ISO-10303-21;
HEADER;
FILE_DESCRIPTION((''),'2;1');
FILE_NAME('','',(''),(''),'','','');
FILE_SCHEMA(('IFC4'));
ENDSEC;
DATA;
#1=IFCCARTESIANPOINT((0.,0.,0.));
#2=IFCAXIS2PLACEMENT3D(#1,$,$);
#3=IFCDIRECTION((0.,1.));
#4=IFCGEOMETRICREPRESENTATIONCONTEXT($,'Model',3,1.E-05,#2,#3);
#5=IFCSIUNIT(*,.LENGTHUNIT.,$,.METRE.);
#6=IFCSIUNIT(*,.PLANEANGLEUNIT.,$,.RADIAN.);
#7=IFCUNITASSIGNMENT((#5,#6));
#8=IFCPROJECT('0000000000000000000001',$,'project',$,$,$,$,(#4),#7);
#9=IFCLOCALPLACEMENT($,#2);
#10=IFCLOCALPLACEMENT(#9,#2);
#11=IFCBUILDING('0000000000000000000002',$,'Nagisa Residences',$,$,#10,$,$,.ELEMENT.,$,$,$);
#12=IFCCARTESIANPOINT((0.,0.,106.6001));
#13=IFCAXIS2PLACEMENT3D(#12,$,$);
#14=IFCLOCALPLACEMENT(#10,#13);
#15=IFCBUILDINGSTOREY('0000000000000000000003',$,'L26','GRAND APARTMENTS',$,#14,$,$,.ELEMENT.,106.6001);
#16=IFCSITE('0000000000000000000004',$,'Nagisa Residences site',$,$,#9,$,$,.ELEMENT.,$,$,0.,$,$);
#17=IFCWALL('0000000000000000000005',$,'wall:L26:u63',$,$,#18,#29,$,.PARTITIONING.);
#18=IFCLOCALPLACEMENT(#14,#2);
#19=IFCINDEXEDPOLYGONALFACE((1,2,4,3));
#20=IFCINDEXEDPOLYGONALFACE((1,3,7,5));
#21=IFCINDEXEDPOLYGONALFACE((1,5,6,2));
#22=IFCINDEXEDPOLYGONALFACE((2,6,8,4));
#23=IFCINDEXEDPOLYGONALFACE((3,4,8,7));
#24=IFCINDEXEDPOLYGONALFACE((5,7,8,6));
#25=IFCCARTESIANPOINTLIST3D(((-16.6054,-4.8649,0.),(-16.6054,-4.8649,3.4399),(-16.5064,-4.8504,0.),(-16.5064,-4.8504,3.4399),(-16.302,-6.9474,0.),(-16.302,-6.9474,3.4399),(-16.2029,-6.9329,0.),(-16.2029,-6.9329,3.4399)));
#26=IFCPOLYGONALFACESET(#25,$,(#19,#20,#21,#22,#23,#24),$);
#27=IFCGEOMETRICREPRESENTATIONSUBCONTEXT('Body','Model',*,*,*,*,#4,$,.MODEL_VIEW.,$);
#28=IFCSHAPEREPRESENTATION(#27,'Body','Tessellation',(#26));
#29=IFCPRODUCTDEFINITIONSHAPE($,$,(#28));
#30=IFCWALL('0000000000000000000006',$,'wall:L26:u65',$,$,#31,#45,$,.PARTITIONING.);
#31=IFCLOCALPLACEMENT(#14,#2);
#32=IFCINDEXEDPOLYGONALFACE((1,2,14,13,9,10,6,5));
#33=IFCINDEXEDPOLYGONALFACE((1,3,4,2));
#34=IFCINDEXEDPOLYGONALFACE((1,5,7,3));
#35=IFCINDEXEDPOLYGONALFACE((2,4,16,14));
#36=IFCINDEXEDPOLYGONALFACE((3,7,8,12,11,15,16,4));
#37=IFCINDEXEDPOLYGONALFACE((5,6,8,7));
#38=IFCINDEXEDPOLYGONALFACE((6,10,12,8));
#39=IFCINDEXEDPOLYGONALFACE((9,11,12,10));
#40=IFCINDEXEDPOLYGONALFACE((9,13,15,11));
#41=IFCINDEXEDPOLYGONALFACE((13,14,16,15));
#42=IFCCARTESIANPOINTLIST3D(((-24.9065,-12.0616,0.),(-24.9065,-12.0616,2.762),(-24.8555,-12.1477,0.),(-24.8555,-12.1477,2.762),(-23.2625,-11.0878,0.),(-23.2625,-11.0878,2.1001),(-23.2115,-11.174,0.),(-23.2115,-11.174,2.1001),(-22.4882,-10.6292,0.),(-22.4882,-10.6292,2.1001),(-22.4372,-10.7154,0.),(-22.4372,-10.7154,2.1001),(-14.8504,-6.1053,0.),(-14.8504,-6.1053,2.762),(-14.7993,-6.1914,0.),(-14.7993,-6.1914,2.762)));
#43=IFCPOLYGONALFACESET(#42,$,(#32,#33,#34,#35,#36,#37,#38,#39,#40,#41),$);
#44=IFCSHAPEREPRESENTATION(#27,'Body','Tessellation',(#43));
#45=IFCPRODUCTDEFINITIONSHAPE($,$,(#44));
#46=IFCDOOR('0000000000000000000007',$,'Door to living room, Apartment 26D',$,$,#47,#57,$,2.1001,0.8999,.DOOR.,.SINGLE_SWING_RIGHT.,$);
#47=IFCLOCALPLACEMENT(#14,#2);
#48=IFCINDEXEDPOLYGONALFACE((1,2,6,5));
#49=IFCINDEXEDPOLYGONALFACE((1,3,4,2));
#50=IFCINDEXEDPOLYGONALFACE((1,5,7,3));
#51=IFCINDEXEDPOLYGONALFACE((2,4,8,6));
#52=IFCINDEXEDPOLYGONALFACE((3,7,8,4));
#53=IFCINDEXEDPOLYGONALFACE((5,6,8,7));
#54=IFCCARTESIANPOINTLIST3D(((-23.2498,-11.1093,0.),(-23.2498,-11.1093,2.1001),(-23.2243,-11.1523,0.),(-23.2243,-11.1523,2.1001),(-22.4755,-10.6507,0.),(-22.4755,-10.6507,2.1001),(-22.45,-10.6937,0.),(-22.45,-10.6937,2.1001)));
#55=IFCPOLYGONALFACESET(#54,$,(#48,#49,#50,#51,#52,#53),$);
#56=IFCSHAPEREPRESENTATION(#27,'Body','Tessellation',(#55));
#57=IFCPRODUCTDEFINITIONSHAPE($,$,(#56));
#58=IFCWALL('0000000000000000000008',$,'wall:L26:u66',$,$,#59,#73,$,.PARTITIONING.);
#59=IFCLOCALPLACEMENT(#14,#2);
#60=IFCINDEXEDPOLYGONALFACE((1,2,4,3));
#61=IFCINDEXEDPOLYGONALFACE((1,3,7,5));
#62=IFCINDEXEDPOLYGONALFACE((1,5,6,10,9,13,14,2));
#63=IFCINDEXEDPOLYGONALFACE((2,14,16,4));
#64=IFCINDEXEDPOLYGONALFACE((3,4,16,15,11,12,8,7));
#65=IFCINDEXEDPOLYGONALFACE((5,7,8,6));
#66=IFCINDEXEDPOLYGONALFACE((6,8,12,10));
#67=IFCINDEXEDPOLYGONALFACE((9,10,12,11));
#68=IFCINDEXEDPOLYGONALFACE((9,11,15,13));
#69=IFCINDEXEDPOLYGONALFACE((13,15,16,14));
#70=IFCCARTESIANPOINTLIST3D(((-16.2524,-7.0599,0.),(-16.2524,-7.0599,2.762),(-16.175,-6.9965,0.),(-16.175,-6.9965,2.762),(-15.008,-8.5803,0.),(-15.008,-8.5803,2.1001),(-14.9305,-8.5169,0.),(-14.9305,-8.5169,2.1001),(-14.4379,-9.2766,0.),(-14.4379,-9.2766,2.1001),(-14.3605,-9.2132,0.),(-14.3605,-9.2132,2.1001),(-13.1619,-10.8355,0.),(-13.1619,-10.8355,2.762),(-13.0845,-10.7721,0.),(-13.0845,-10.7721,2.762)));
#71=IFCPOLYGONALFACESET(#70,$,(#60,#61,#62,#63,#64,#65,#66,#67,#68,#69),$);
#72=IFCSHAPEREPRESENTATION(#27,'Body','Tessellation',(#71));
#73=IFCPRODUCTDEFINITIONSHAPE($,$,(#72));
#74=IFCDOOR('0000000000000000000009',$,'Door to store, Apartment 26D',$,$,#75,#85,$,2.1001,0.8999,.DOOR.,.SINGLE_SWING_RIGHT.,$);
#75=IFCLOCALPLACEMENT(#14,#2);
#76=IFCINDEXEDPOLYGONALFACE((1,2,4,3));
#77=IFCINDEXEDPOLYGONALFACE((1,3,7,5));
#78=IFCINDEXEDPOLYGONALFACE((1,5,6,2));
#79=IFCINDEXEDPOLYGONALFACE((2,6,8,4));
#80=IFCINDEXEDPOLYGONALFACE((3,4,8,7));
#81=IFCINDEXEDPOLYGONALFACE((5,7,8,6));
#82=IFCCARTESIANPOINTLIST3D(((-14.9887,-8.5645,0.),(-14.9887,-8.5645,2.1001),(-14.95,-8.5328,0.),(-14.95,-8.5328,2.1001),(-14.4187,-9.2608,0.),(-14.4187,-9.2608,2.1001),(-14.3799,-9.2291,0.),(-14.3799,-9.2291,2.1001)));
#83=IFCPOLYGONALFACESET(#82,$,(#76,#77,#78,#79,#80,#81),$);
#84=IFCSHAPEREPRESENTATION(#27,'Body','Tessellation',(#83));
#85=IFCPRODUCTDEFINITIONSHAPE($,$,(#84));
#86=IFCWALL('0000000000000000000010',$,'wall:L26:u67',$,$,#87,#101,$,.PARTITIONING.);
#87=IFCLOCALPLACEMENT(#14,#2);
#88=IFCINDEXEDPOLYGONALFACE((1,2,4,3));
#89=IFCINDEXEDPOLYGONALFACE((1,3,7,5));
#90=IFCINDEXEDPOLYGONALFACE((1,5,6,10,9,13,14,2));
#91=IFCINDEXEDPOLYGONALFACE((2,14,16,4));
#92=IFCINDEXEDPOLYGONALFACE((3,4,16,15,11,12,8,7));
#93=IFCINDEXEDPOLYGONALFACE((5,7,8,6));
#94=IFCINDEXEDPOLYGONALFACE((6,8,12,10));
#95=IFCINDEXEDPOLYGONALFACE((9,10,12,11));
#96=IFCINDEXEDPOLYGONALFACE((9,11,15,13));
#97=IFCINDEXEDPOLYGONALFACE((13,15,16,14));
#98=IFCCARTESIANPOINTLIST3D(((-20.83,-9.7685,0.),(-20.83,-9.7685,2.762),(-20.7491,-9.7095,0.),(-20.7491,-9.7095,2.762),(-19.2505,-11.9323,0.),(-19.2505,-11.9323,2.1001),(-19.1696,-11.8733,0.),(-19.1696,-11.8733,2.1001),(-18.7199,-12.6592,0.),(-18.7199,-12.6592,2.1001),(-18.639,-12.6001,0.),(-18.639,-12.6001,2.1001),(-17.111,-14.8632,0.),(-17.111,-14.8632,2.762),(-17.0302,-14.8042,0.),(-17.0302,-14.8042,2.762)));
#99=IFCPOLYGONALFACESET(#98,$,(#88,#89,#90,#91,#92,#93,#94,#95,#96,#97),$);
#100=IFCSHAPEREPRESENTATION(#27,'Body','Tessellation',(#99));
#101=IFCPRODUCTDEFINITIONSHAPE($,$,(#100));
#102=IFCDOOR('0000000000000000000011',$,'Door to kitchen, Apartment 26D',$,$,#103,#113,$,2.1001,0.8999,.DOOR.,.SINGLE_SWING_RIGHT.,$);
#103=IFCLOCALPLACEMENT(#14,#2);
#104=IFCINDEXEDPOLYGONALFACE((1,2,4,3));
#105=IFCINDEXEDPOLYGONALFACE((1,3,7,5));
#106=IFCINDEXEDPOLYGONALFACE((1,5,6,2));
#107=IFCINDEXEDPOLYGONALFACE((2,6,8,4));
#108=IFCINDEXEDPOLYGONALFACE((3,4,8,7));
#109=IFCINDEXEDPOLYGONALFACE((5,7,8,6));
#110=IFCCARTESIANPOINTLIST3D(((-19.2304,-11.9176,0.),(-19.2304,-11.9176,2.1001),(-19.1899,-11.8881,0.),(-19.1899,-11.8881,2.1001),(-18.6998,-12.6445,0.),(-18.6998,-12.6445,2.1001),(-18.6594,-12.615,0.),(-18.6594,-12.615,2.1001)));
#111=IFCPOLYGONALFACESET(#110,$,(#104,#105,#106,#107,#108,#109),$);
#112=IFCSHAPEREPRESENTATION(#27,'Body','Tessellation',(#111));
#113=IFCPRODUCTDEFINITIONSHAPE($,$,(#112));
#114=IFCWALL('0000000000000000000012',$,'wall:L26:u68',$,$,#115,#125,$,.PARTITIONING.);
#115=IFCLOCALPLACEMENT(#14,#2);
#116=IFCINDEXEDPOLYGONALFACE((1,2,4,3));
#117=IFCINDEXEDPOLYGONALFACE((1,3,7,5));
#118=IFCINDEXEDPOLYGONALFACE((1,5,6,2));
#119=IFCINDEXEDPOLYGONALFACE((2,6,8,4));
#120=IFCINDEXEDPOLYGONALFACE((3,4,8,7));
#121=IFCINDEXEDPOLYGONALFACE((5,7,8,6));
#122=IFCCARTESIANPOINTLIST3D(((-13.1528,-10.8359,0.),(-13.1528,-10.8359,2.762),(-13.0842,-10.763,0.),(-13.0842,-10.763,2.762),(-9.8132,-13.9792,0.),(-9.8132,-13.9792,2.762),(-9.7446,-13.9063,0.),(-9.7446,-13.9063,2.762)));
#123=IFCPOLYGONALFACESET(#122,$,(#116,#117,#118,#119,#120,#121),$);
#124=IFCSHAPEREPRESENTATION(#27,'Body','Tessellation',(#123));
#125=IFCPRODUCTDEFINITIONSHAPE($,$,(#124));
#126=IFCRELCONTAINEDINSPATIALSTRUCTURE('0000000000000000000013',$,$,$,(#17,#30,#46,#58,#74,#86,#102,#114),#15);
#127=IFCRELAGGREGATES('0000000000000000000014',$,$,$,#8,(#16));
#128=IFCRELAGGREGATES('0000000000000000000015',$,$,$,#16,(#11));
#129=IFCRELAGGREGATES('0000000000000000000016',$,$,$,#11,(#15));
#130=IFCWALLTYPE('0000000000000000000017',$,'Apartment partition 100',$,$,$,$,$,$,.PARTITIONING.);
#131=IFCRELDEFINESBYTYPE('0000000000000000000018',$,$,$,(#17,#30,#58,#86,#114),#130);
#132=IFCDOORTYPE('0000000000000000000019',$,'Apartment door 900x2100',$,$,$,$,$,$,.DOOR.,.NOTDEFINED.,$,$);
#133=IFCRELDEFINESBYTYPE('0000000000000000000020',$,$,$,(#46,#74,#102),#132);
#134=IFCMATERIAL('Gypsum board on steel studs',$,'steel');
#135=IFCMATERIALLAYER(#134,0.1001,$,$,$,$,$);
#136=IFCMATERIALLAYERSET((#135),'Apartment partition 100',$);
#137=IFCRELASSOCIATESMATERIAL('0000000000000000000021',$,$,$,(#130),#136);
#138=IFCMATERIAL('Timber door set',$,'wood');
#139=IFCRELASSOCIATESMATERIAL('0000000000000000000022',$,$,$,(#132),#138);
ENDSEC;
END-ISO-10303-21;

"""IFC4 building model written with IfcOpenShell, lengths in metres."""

from ifc_helpers import new_model, si_unit, direction, frame, frame_2d, origin, place, context, subcontext, project, spatial, rectangle, extrude, material, layer, layer_set, type_object, element, fill, save


model = new_model("IFC4")

# Units and contexts
model_context = context("Model", 3, precision=1e-05, world=origin(), true_north=direction((0.0, 1.0)))
body_context = subcontext(model_context, "Body", "Model", "MODEL_VIEW")
ifc_project = project(units=[si_unit("LENGTHUNIT", "METRE"), si_unit("PLANEANGLEUNIT", "RADIAN")], contexts=[model_context])

# Site, building, storey
site_placement = place(None, origin())
site = spatial("IfcSite", under=ifc_project, at=site_placement, Name="Nagisa Residences site", CompositionType="ELEMENT", RefElevation=0.0)
building_placement = place(site_placement, origin())
building = spatial("IfcBuilding", under=site, at=building_placement, Name="Nagisa Residences", CompositionType="ELEMENT")
storey_placement = place(building_placement, frame((0.0, 0.0, 106.6001)))
storey = spatial("IfcBuildingStorey", under=building, at=storey_placement, Name="L26", Description="GRAND APARTMENTS", CompositionType="ELEMENT", Elevation=106.6001)

# Shared definitions
ifc_material_1 = material(Name="Gypsum board on steel studs", Category="steel")
ifc_layer_1 = layer(ifc_material_1, 0.1001)
ifc_layer_set_1 = layer_set([ifc_layer_1], Name="Apartment partition 100")
wall_type_1 = type_object("IfcWallType", Name="Apartment partition 100", PredefinedType="PARTITIONING", material=ifc_layer_set_1)
ifc_material_2 = material(Name="Timber door set", Category="wood")
door_type_1 = type_object("IfcDoorType", Name="Apartment door 900x2100", OperationType="NOTDEFINED", PredefinedType="DOOR", material=ifc_material_2)

# Wall
wall_1_placement = place(storey_placement, frame((-16.5559, -4.8577, 0.0), z_axis=(0.0, 0.0, 1.0), x_axis=(0.144198, -0.989549, 0.0)))
element("IfcWall", 1, at=wall_1_placement, inside=storey, type_object=wall_type_1, Name="wall:L26:u63", PredefinedType="PARTITIONING", context=body_context, shape_type="SweptSolid", body=[
    extrude(rectangle(XDim=2.1045, YDim=0.1001, at=frame_2d((1.0522, 0.0))), origin(), (0.0, 0.0, 1.0), 3.4399),
])

# Walls, openings, doors
wall_2_placement = place(storey_placement, frame((-14.825, -6.1484, 0.0), z_axis=(0.0, 0.0, 1.0), x_axis=(-0.8604, -0.509619, 0.0)))
wall_2 = element("IfcWall", 2, at=wall_2_placement, inside=storey, type_object=wall_type_1, Name="wall:L26:u65", PredefinedType="PARTITIONING", context=body_context, shape_type="SweptSolid", body=[
    extrude(rectangle(XDim=11.6877, YDim=0.1001, at=frame_2d((5.8438, 0.0))), origin(), (0.0, 0.0, 1.0), 2.762),
])
opening_1_placement = place(wall_2_placement, frame((8.877, 0.0, 0.0)))
opening_1 = element("IfcOpeningElement", 3, at=opening_1_placement, cuts=wall_2, PredefinedType="OPENING", context=body_context, shape_type="SweptSolid", body=[
    extrude(rectangle(XDim=0.8999, YDim=2.1001, at=frame_2d((0.45, 1.05))), frame((0.0, 0.0601, 0.0), z_axis=(0.0, -1.0, 0.0), x_axis=(1.0, 0.0, 0.0)), (0.0, 0.0, 1.0), 0.1201),
])
door_1_placement = place(opening_1_placement, origin())
door_1 = element("IfcDoor", 4, at=door_1_placement, inside=storey, type_object=door_type_1, Name="Door to living room, Apartment 26D", OperationType="SINGLE_SWING_RIGHT", OverallHeight=2.1001, OverallWidth=0.8999, PredefinedType="DOOR", context=body_context, shape_type="SweptSolid", body=[
    extrude(rectangle(XDim=0.8999, YDim=2.1001, at=frame_2d((0.45, 1.05))), frame((0.0, 0.0249, 0.0), z_axis=(0.0, -1.0, 0.0), x_axis=(1.0, 0.0, 0.0)), (0.0, 0.0, 1.0), 0.05),
])
fill(opening_1, door_1)
wall_3_placement = place(storey_placement, frame((-16.2136, -7.0283, 0.0), z_axis=(0.0, 0.0, 1.0), x_axis=(0.633412, -0.773815, 0.0)))
wall_3 = element("IfcWall", 5, at=wall_3_placement, inside=storey, type_object=wall_type_1, Name="wall:L26:u66", PredefinedType="PARTITIONING", context=body_context, shape_type="SweptSolid", body=[
    extrude(rectangle(XDim=4.8792, YDim=0.1001, at=frame_2d((2.4395, 0.0))), origin(), (0.0, 0.0, 1.0), 2.762),
])
opening_2_placement = place(wall_3_placement, frame((1.9646, 0.0, 0.0)))
opening_2 = element("IfcOpeningElement", 6, at=opening_2_placement, cuts=wall_3, PredefinedType="OPENING", context=body_context, shape_type="SweptSolid", body=[
    extrude(rectangle(XDim=0.8999, YDim=2.1001, at=frame_2d((0.45, 1.05))), frame((0.0, 0.0601, 0.0), z_axis=(0.0, -1.0, 0.0), x_axis=(1.0, 0.0, 0.0)), (0.0, 0.0, 1.0), 0.1201),
])
door_2_placement = place(opening_2_placement, origin())
door_2 = element("IfcDoor", 7, at=door_2_placement, inside=storey, type_object=door_type_1, Name="Door to store, Apartment 26D", OperationType="SINGLE_SWING_RIGHT", OverallHeight=2.1001, OverallWidth=0.8999, PredefinedType="DOOR", context=body_context, shape_type="SweptSolid", body=[
    extrude(rectangle(XDim=0.8999, YDim=2.1001, at=frame_2d((0.45, 1.05))), frame((0.0, 0.0249, 0.0), z_axis=(0.0, -1.0, 0.0), x_axis=(1.0, 0.0, 0.0)), (0.0, 0.0, 1.0), 0.05),
])
fill(opening_2, door_2)
wall_4_placement = place(storey_placement, frame((-20.7896, -9.739, 0.0), z_axis=(0.0, 0.0, 1.0), x_axis=(0.589595, -0.807699, 0.0)))
wall_4 = element("IfcWall", 8, at=wall_4_placement, inside=storey, type_object=wall_type_1, Name="wall:L26:u67", PredefinedType="PARTITIONING", context=body_context, shape_type="SweptSolid", body=[
    extrude(rectangle(XDim=6.3076, YDim=0.1001, at=frame_2d((3.1538, 0.0))), origin(), (0.0, 0.0, 1.0), 2.762),
])
opening_3_placement = place(wall_4_placement, frame((2.679, 0.0, 0.0)))
opening_3 = element("IfcOpeningElement", 9, at=opening_3_placement, cuts=wall_4, PredefinedType="OPENING", context=body_context, shape_type="SweptSolid", body=[
    extrude(rectangle(XDim=0.8999, YDim=2.1001, at=frame_2d((0.45, 1.05))), frame((0.0, 0.0601, 0.0), z_axis=(0.0, -1.0, 0.0), x_axis=(1.0, 0.0, 0.0)), (0.0, 0.0, 1.0), 0.1201),
])
door_3_placement = place(opening_3_placement, origin())
door_3 = element("IfcDoor", 10, at=door_3_placement, inside=storey, type_object=door_type_1, Name="Door to kitchen, Apartment 26D", OperationType="SINGLE_SWING_RIGHT", OverallHeight=2.1001, OverallWidth=0.8999, PredefinedType="DOOR", context=body_context, shape_type="SweptSolid", body=[
    extrude(rectangle(XDim=0.8999, YDim=2.1001, at=frame_2d((0.45, 1.05))), frame((0.0, 0.0249, 0.0), z_axis=(0.0, -1.0, 0.0), x_axis=(1.0, 0.0, 0.0)), (0.0, 0.0, 1.0), 0.05),
])
fill(opening_3, door_3)

# Wall
wall_5_placement = place(storey_placement, frame((-13.1184, -10.7996, 0.0), z_axis=(0.0, 0.0, 1.0), x_axis=(0.728183, -0.685383, 0.0)))
element("IfcWall", 11, at=wall_5_placement, inside=storey, type_object=wall_type_1, Name="wall:L26:u68", PredefinedType="PARTITIONING", context=body_context, shape_type="SweptSolid", body=[
    extrude(rectangle(XDim=4.5862, YDim=0.1001, at=frame_2d((2.293, 0.0))), origin(), (0.0, 0.0, 1.0), 2.762),
])

save(model, "model.ifc")
